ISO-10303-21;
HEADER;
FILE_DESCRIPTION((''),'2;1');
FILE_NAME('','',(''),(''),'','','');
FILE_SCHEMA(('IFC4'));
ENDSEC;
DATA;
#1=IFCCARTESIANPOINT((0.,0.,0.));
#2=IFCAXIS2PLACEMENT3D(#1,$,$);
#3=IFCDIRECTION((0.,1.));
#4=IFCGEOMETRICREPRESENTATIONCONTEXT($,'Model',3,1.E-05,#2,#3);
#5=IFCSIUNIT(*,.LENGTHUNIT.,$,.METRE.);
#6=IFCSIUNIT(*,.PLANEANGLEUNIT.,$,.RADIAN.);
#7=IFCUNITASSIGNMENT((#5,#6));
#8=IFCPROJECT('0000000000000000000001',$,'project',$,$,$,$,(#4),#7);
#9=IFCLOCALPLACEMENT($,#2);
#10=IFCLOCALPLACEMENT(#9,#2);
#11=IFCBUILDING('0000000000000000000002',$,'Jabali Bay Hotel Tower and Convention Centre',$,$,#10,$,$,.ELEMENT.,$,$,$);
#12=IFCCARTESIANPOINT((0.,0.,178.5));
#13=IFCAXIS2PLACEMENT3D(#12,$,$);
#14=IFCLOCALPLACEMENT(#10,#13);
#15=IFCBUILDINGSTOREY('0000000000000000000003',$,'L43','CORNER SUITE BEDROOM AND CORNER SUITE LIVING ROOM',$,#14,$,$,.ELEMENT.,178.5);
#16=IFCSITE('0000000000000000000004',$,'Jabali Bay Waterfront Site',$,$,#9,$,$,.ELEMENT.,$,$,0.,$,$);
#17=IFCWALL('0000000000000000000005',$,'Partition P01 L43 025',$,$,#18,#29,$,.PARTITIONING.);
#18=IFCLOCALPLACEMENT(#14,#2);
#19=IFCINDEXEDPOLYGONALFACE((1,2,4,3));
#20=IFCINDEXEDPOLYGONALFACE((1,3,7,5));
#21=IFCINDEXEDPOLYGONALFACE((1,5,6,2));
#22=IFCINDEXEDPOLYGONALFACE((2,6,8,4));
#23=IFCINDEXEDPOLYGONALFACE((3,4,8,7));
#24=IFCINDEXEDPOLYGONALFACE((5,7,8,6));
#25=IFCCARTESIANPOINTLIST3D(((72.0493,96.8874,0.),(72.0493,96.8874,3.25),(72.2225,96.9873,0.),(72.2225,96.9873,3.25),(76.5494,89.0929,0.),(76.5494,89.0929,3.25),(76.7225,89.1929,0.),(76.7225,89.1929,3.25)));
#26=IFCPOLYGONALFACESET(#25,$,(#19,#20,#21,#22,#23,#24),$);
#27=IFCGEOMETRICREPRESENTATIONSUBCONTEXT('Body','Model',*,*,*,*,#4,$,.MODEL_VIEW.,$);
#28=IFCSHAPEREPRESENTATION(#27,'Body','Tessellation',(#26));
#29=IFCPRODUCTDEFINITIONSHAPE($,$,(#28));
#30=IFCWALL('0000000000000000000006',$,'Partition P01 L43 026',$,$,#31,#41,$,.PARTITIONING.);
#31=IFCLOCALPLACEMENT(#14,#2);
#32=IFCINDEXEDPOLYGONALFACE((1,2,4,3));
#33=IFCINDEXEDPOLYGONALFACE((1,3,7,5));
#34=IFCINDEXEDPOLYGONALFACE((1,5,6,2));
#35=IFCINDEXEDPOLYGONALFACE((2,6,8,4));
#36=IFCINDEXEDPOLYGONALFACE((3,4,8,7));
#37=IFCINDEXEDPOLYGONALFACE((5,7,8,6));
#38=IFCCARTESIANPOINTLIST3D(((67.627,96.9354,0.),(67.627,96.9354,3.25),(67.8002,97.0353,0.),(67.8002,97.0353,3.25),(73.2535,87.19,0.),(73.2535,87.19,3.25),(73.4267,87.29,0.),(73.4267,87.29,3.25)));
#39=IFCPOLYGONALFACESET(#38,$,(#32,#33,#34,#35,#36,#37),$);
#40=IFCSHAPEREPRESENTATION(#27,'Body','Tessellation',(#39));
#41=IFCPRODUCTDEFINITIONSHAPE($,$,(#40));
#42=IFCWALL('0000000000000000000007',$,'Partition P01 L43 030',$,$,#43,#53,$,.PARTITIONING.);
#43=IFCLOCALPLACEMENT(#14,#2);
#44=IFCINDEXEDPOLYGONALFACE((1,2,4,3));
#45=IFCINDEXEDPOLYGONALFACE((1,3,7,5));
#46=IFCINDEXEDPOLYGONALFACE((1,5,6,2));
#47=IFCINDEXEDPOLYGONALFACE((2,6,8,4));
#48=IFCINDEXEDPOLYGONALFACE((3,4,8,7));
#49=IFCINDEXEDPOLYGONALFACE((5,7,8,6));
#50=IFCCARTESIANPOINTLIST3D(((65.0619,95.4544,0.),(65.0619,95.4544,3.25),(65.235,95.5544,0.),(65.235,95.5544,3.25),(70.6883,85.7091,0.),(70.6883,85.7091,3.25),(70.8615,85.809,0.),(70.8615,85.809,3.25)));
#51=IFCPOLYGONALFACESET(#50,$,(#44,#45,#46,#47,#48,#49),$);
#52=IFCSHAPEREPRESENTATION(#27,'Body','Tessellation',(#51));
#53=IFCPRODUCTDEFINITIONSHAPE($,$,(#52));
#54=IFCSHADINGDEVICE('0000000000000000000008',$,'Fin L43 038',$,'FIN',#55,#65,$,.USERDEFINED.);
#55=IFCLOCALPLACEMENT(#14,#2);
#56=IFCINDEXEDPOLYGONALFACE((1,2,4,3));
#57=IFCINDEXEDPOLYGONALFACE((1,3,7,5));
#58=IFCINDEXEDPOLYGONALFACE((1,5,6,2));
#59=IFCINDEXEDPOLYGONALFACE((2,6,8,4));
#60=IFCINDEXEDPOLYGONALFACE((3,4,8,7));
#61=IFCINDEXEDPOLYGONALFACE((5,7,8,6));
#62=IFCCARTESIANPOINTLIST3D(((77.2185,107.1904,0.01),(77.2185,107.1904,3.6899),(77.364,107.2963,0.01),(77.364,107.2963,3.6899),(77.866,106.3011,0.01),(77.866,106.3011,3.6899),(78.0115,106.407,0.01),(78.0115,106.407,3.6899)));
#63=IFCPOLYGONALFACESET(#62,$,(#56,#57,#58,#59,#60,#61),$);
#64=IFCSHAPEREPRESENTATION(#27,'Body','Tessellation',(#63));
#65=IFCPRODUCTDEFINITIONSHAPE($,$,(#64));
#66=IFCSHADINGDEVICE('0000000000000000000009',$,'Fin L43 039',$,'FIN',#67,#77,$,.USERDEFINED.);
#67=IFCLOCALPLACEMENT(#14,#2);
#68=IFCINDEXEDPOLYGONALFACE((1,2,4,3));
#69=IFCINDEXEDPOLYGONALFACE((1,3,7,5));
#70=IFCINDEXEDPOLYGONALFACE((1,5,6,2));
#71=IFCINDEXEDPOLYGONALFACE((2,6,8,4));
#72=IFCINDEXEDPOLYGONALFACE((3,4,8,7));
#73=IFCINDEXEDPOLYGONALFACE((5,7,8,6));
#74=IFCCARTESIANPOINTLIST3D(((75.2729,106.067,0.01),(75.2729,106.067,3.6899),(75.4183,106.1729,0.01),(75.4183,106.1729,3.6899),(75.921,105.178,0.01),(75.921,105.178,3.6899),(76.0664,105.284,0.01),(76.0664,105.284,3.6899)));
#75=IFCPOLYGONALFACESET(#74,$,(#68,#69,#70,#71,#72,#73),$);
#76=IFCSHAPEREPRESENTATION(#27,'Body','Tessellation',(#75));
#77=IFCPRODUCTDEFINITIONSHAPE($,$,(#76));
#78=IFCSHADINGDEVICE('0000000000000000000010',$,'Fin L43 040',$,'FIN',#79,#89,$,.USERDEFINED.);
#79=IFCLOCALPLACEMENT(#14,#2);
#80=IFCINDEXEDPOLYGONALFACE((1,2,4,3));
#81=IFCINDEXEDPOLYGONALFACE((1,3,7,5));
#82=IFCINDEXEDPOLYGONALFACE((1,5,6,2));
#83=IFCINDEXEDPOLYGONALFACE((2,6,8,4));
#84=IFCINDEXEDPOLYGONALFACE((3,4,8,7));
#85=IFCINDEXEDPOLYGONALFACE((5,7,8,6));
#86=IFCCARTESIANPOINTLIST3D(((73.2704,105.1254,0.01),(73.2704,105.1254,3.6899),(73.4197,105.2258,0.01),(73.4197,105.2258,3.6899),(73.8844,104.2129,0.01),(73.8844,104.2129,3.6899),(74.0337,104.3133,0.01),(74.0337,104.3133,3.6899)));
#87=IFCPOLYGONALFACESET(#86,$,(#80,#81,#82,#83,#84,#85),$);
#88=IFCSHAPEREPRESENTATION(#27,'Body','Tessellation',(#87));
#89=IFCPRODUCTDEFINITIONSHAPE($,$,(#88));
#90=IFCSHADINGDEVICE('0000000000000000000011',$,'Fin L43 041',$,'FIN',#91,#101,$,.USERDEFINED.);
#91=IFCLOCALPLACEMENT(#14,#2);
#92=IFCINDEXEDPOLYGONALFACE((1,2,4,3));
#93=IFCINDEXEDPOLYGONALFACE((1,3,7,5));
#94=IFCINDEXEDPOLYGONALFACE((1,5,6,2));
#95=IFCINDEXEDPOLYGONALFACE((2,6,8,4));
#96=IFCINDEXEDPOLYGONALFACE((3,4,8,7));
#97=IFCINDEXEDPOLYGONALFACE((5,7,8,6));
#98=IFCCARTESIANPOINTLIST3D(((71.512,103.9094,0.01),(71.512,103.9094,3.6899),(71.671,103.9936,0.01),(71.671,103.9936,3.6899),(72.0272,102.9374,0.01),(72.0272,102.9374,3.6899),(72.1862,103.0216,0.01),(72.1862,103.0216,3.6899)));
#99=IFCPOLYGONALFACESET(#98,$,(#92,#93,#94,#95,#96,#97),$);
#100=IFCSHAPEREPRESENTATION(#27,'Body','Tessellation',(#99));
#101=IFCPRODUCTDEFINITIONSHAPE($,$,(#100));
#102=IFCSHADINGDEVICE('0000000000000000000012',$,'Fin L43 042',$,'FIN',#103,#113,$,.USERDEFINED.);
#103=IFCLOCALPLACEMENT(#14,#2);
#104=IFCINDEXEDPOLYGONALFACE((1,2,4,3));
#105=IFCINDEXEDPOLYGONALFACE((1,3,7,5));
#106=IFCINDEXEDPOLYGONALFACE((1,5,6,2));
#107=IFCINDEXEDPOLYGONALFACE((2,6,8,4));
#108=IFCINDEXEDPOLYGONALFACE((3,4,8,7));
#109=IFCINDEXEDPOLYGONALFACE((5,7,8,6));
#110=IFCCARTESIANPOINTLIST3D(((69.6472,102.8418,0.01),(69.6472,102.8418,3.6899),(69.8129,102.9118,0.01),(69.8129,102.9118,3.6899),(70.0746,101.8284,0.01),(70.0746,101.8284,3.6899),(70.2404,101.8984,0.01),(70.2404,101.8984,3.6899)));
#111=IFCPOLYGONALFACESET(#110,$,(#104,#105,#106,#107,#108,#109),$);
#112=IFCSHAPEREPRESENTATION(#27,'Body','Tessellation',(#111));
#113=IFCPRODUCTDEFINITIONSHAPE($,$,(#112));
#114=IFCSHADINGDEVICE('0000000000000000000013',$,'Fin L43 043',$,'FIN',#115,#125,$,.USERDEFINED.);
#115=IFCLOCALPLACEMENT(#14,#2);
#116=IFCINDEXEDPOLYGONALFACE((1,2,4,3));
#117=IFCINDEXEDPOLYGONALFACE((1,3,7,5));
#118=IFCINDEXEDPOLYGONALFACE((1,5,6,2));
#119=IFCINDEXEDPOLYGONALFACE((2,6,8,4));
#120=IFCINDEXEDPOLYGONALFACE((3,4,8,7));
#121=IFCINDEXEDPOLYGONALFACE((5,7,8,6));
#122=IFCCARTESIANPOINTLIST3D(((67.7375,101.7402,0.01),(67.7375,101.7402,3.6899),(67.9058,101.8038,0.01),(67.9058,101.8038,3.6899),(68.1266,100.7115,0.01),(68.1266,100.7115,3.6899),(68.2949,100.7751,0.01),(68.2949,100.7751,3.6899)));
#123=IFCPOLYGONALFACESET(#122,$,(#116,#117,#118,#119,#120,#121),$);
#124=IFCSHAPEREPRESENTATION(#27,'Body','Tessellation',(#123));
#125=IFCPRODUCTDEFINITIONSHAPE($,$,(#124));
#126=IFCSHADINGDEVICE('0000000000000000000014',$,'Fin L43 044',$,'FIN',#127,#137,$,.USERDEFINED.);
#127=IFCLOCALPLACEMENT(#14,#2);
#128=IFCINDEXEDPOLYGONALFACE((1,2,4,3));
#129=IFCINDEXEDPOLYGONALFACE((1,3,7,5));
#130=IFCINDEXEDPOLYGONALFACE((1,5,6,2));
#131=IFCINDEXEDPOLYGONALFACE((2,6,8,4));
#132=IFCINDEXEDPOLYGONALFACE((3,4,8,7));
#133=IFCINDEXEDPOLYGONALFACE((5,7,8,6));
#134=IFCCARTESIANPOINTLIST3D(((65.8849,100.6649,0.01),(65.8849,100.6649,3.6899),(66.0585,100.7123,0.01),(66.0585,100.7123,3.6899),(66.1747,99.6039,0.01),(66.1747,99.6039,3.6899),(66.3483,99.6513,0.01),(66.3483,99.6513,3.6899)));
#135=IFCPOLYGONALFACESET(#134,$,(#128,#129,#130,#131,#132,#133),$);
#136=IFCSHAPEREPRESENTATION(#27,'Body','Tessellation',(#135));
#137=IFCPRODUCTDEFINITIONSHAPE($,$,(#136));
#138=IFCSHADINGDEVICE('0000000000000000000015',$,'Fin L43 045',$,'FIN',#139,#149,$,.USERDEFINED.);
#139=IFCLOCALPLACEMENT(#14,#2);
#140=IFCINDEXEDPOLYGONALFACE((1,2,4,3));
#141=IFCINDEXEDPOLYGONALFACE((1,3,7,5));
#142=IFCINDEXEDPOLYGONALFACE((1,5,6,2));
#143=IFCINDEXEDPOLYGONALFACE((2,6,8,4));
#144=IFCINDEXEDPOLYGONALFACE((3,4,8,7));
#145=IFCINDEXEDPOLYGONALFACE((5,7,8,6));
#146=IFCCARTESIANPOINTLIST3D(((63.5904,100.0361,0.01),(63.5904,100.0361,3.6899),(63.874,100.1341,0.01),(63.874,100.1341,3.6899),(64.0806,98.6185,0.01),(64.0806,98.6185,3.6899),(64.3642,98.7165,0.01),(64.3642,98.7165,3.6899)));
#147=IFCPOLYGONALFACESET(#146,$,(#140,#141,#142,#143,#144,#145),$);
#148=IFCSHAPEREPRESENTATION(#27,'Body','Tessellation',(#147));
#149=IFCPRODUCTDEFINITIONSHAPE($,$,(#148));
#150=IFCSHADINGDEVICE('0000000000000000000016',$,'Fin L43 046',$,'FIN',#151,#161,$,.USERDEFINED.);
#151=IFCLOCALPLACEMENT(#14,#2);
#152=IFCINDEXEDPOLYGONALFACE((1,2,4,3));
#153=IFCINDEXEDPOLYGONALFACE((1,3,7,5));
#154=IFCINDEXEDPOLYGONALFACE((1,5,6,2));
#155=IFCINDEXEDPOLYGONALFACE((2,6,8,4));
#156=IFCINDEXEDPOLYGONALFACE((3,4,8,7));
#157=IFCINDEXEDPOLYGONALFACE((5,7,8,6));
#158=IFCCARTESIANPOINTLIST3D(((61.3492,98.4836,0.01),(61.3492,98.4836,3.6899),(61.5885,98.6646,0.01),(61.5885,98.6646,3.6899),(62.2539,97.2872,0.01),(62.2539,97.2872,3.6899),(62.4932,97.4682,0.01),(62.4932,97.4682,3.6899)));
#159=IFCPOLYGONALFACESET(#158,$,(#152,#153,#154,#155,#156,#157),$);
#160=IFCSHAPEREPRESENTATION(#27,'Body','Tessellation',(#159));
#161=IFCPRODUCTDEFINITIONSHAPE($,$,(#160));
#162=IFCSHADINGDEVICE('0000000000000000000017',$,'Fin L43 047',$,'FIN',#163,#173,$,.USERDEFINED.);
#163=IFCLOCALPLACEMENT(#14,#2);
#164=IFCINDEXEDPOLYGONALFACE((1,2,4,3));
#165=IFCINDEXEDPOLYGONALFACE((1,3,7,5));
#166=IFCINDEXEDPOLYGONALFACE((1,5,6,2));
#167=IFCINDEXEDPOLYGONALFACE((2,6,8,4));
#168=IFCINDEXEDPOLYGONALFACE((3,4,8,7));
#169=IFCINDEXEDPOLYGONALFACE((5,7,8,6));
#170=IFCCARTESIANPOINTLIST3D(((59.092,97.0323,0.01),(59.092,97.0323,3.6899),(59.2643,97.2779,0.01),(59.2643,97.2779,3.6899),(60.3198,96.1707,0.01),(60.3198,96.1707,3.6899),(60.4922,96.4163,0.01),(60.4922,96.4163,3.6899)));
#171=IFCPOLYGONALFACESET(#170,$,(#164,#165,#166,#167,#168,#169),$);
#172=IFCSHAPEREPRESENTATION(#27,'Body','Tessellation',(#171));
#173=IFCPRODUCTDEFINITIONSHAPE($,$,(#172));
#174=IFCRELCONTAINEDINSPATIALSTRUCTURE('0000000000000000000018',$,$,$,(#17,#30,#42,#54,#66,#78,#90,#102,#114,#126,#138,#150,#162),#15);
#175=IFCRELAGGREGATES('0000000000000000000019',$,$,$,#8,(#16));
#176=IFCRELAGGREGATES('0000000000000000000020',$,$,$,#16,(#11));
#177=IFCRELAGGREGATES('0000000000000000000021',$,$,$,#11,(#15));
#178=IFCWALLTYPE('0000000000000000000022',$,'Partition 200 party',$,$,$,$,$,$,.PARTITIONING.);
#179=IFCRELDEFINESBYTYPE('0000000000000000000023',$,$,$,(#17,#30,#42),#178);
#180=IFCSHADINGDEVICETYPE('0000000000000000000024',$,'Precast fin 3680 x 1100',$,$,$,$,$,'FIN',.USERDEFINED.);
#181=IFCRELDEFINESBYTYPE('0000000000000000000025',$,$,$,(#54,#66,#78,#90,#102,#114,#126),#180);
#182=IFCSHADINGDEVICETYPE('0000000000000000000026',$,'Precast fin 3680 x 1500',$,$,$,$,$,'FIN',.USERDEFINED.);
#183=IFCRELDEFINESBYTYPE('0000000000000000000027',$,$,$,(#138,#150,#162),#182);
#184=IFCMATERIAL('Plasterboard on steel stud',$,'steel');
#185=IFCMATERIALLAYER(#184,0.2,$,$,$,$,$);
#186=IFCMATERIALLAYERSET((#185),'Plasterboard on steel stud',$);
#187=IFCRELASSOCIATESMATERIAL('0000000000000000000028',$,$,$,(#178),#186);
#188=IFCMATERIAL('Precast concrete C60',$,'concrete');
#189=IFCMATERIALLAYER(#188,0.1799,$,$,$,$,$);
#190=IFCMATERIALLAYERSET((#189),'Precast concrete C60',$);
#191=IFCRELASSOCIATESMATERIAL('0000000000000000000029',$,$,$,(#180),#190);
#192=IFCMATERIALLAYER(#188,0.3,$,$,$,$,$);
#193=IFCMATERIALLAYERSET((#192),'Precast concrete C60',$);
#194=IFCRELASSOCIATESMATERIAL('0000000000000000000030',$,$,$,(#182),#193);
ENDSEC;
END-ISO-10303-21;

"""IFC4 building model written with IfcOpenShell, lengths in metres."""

from ifc_helpers import new_model, si_unit, direction, frame, frame_2d, origin, place, context, subcontext, project, spatial, rectangle, extrude, material, layer, layer_set, type_object, element, save


model = new_model("IFC4")

# Units and contexts
model_context = context("Model", 3, precision=1e-05, world=origin(), true_north=direction((0.0, 1.0)))
body_context = subcontext(model_context, "Body", "Model", "MODEL_VIEW")
ifc_project = project(units=[si_unit("LENGTHUNIT", "METRE"), si_unit("PLANEANGLEUNIT", "RADIAN")], contexts=[model_context])

# Site, building, storey
site_placement = place(None, origin())
site = spatial("IfcSite", under=ifc_project, at=site_placement, Name="Jabali Bay Waterfront Site", CompositionType="ELEMENT", RefElevation=0.0)
building_placement = place(site_placement, origin())
building = spatial("IfcBuilding", under=site, at=building_placement, Name="Jabali Bay Hotel Tower and Convention Centre", CompositionType="ELEMENT")
storey_placement = place(building_placement, frame((0.0, 0.0, 178.5)))
storey = spatial("IfcBuildingStorey", under=building, at=storey_placement, Name="L43", Description="CORNER SUITE BEDROOM AND CORNER SUITE LIVING ROOM", CompositionType="ELEMENT", Elevation=178.5)

# Shared definitions
ifc_material_1 = material(Name="Plasterboard on steel stud", Category="steel")

# Walls
ifc_layer_1 = layer(ifc_material_1, 0.2)
ifc_layer_set_1 = layer_set([ifc_layer_1], Name="Plasterboard on steel stud")
wall_type_1 = type_object("IfcWallType", Name="Partition 200 party", PredefinedType="PARTITIONING", material=ifc_layer_set_1)
wall_1_placement = place(storey_placement, frame((72.136, 96.9373, 0.0), z_axis=(0.0, 0.0, 1.0), x_axis=(0.49999, -0.866031, 0.0)))
element("IfcWall", 1, at=wall_1_placement, inside=storey, type_object=wall_type_1, Name="Partition P01 L43 025", PredefinedType="PARTITIONING", context=body_context, shape_type="SweptSolid", body=[
    extrude(rectangle(XDim=9.0002, YDim=0.2, at=frame_2d((4.5, 0.0))), origin(), (0.0, 0.0, 1.0), 3.25),
])
for number, where, z_axis, x_axis, name in (
    (2, (67.7136, 96.9854, 0.0), (0.0, 0.0, 1.0), (0.499999, -0.866026, 0.0), "Partition P01 L43 026"),
    (3, (65.1484, 95.5044, 0.0), (0.0, 0.0, 1.0), (0.499999, -0.866026, 0.0), "Partition P01 L43 030"),
):
    element("IfcWall", number, at=place(storey_placement, frame(where, z_axis=z_axis, x_axis=x_axis)), inside=storey, type_object=wall_type_1, Name=name, PredefinedType="PARTITIONING", context=body_context, shape_type="SweptSolid", body=[
        extrude(rectangle(XDim=11.2529, YDim=0.2, at=frame_2d((5.6265, 0.0))), origin(), (0.0, 0.0, 1.0), 3.25),
    ])

# Shading devices
ifc_material_2 = material(Name="Precast concrete C60", Category="concrete")
ifc_layer_2 = layer(ifc_material_2, 0.1799)
ifc_layer_set_2 = layer_set([ifc_layer_2], Name="Precast concrete C60")
shading_device_type_1 = type_object("IfcShadingDeviceType", Name="Precast fin 3680 x 1100", ElementType="FIN", PredefinedType="USERDEFINED", material=ifc_layer_set_2)
for number, where, z_axis, x_axis, name in (
    (4, (77.9387, 106.354, 0.01), (0.0, 0.0, 1.0), (-0.588541, 0.808467, 0.0), "Fin L43 038"),
    (5, (75.9937, 105.231, 0.01), (0.0, 0.0, 1.0), (-0.589042, 0.808102, 0.0), "Fin L43 039"),
):
    element("IfcShadingDevice", number, at=place(storey_placement, frame(where, z_axis=z_axis, x_axis=x_axis)), inside=storey, type_object=shading_device_type_1, Name=name, ObjectType="FIN", PredefinedType="USERDEFINED", context=body_context, shape_type="SweptSolid", body=[
        extrude(rectangle(XDim=1.1001, YDim=0.1799, at=frame_2d((0.55, 0.0))), origin(), (0.0, 0.0, 1.0), 3.6799),
    ])
shading_device_1_placement = place(storey_placement, frame((73.959, 104.2632, 0.01), z_axis=(0.0, 0.0, 1.0), x_axis=(-0.558229, 0.829687, 0.0)))
element("IfcShadingDevice", 6, at=shading_device_1_placement, inside=storey, type_object=shading_device_type_1, Name="Fin L43 040", ObjectType="FIN", PredefinedType="USERDEFINED", context=body_context, shape_type="SweptSolid", body=[
    extrude(rectangle(XDim=1.0999, YDim=0.1799, at=frame_2d((0.5498, 0.0))), origin(), (0.0, 0.0, 1.0), 3.6799),
])
shading_device_2_placement = place(storey_placement, frame((72.1067, 102.9795, 0.01), z_axis=(0.0, 0.0, 1.0), x_axis=(-0.468306, 0.883566, 0.0)))
element("IfcShadingDevice", 7, at=shading_device_2_placement, inside=storey, type_object=shading_device_type_1, Name="Fin L43 041", ObjectType="FIN", PredefinedType="USERDEFINED", context=body_context, shape_type="SweptSolid", body=[
    extrude(rectangle(XDim=1.1001, YDim=0.1799, at=frame_2d((0.55, 0.0))), origin(), (0.0, 0.0, 1.0), 3.6799),
])
for number, where, z_axis, x_axis, name in (
    (8, (70.1575, 101.8635, 0.01), (0.0, 0.0, 1.0), (-0.388662, 0.92138, 0.0), "Fin L43 042"),
    (9, (68.2107, 100.7434, 0.01), (0.0, 0.0, 1.0), (-0.353798, 0.935322, 0.0), "Fin L43 043"),
    (10, (66.2615, 99.6277, 0.01), (0.0, 0.0, 1.0), (-0.263474, 0.964666, 0.0), "Fin L43 044"),
):
    element("IfcShadingDevice", number, at=place(storey_placement, frame(where, z_axis=z_axis, x_axis=x_axis)), inside=storey, type_object=shading_device_type_1, Name=name, ObjectType="FIN", PredefinedType="USERDEFINED", context=body_context, shape_type="SweptSolid", body=[
        extrude(rectangle(XDim=1.0999, YDim=0.1799, at=frame_2d((0.5498, 0.0))), origin(), (0.0, 0.0, 1.0), 3.6799),
    ])
ifc_layer_3 = layer(ifc_material_2, 0.3)
ifc_layer_set_3 = layer_set([ifc_layer_3], Name="Precast concrete C60")
shading_device_type_2 = type_object("IfcShadingDeviceType", Name="Precast fin 3680 x 1500", ElementType="FIN", PredefinedType="USERDEFINED", material=ifc_layer_set_3)
for number, where, z_axis, x_axis, name in (
    (11, (64.2224, 98.6675, 0.01), (0.0, 0.0, 1.0), (-0.326803, 0.945092, 0.0), "Fin L43 045"),
    (12, (62.3735, 97.3777, 0.01), (0.0, 0.0, 1.0), (-0.603146, 0.797631, 0.0), "Fin L43 046"),
    (13, (60.406, 96.2935, 0.01), (0.0, 0.0, 1.0), (-0.818566, 0.574412, 0.0), "Fin L43 047"),
):
    element("IfcShadingDevice", number, at=place(storey_placement, frame(where, z_axis=z_axis, x_axis=x_axis)), inside=storey, type_object=shading_device_type_2, Name=name, ObjectType="FIN", PredefinedType="USERDEFINED", context=body_context, shape_type="SweptSolid", body=[
        extrude(rectangle(XDim=1.5, YDim=0.3, at=frame_2d((0.75, 0.0))), origin(), (0.0, 0.0, 1.0), 3.6799),
    ])

save(model, "model.ifc")
